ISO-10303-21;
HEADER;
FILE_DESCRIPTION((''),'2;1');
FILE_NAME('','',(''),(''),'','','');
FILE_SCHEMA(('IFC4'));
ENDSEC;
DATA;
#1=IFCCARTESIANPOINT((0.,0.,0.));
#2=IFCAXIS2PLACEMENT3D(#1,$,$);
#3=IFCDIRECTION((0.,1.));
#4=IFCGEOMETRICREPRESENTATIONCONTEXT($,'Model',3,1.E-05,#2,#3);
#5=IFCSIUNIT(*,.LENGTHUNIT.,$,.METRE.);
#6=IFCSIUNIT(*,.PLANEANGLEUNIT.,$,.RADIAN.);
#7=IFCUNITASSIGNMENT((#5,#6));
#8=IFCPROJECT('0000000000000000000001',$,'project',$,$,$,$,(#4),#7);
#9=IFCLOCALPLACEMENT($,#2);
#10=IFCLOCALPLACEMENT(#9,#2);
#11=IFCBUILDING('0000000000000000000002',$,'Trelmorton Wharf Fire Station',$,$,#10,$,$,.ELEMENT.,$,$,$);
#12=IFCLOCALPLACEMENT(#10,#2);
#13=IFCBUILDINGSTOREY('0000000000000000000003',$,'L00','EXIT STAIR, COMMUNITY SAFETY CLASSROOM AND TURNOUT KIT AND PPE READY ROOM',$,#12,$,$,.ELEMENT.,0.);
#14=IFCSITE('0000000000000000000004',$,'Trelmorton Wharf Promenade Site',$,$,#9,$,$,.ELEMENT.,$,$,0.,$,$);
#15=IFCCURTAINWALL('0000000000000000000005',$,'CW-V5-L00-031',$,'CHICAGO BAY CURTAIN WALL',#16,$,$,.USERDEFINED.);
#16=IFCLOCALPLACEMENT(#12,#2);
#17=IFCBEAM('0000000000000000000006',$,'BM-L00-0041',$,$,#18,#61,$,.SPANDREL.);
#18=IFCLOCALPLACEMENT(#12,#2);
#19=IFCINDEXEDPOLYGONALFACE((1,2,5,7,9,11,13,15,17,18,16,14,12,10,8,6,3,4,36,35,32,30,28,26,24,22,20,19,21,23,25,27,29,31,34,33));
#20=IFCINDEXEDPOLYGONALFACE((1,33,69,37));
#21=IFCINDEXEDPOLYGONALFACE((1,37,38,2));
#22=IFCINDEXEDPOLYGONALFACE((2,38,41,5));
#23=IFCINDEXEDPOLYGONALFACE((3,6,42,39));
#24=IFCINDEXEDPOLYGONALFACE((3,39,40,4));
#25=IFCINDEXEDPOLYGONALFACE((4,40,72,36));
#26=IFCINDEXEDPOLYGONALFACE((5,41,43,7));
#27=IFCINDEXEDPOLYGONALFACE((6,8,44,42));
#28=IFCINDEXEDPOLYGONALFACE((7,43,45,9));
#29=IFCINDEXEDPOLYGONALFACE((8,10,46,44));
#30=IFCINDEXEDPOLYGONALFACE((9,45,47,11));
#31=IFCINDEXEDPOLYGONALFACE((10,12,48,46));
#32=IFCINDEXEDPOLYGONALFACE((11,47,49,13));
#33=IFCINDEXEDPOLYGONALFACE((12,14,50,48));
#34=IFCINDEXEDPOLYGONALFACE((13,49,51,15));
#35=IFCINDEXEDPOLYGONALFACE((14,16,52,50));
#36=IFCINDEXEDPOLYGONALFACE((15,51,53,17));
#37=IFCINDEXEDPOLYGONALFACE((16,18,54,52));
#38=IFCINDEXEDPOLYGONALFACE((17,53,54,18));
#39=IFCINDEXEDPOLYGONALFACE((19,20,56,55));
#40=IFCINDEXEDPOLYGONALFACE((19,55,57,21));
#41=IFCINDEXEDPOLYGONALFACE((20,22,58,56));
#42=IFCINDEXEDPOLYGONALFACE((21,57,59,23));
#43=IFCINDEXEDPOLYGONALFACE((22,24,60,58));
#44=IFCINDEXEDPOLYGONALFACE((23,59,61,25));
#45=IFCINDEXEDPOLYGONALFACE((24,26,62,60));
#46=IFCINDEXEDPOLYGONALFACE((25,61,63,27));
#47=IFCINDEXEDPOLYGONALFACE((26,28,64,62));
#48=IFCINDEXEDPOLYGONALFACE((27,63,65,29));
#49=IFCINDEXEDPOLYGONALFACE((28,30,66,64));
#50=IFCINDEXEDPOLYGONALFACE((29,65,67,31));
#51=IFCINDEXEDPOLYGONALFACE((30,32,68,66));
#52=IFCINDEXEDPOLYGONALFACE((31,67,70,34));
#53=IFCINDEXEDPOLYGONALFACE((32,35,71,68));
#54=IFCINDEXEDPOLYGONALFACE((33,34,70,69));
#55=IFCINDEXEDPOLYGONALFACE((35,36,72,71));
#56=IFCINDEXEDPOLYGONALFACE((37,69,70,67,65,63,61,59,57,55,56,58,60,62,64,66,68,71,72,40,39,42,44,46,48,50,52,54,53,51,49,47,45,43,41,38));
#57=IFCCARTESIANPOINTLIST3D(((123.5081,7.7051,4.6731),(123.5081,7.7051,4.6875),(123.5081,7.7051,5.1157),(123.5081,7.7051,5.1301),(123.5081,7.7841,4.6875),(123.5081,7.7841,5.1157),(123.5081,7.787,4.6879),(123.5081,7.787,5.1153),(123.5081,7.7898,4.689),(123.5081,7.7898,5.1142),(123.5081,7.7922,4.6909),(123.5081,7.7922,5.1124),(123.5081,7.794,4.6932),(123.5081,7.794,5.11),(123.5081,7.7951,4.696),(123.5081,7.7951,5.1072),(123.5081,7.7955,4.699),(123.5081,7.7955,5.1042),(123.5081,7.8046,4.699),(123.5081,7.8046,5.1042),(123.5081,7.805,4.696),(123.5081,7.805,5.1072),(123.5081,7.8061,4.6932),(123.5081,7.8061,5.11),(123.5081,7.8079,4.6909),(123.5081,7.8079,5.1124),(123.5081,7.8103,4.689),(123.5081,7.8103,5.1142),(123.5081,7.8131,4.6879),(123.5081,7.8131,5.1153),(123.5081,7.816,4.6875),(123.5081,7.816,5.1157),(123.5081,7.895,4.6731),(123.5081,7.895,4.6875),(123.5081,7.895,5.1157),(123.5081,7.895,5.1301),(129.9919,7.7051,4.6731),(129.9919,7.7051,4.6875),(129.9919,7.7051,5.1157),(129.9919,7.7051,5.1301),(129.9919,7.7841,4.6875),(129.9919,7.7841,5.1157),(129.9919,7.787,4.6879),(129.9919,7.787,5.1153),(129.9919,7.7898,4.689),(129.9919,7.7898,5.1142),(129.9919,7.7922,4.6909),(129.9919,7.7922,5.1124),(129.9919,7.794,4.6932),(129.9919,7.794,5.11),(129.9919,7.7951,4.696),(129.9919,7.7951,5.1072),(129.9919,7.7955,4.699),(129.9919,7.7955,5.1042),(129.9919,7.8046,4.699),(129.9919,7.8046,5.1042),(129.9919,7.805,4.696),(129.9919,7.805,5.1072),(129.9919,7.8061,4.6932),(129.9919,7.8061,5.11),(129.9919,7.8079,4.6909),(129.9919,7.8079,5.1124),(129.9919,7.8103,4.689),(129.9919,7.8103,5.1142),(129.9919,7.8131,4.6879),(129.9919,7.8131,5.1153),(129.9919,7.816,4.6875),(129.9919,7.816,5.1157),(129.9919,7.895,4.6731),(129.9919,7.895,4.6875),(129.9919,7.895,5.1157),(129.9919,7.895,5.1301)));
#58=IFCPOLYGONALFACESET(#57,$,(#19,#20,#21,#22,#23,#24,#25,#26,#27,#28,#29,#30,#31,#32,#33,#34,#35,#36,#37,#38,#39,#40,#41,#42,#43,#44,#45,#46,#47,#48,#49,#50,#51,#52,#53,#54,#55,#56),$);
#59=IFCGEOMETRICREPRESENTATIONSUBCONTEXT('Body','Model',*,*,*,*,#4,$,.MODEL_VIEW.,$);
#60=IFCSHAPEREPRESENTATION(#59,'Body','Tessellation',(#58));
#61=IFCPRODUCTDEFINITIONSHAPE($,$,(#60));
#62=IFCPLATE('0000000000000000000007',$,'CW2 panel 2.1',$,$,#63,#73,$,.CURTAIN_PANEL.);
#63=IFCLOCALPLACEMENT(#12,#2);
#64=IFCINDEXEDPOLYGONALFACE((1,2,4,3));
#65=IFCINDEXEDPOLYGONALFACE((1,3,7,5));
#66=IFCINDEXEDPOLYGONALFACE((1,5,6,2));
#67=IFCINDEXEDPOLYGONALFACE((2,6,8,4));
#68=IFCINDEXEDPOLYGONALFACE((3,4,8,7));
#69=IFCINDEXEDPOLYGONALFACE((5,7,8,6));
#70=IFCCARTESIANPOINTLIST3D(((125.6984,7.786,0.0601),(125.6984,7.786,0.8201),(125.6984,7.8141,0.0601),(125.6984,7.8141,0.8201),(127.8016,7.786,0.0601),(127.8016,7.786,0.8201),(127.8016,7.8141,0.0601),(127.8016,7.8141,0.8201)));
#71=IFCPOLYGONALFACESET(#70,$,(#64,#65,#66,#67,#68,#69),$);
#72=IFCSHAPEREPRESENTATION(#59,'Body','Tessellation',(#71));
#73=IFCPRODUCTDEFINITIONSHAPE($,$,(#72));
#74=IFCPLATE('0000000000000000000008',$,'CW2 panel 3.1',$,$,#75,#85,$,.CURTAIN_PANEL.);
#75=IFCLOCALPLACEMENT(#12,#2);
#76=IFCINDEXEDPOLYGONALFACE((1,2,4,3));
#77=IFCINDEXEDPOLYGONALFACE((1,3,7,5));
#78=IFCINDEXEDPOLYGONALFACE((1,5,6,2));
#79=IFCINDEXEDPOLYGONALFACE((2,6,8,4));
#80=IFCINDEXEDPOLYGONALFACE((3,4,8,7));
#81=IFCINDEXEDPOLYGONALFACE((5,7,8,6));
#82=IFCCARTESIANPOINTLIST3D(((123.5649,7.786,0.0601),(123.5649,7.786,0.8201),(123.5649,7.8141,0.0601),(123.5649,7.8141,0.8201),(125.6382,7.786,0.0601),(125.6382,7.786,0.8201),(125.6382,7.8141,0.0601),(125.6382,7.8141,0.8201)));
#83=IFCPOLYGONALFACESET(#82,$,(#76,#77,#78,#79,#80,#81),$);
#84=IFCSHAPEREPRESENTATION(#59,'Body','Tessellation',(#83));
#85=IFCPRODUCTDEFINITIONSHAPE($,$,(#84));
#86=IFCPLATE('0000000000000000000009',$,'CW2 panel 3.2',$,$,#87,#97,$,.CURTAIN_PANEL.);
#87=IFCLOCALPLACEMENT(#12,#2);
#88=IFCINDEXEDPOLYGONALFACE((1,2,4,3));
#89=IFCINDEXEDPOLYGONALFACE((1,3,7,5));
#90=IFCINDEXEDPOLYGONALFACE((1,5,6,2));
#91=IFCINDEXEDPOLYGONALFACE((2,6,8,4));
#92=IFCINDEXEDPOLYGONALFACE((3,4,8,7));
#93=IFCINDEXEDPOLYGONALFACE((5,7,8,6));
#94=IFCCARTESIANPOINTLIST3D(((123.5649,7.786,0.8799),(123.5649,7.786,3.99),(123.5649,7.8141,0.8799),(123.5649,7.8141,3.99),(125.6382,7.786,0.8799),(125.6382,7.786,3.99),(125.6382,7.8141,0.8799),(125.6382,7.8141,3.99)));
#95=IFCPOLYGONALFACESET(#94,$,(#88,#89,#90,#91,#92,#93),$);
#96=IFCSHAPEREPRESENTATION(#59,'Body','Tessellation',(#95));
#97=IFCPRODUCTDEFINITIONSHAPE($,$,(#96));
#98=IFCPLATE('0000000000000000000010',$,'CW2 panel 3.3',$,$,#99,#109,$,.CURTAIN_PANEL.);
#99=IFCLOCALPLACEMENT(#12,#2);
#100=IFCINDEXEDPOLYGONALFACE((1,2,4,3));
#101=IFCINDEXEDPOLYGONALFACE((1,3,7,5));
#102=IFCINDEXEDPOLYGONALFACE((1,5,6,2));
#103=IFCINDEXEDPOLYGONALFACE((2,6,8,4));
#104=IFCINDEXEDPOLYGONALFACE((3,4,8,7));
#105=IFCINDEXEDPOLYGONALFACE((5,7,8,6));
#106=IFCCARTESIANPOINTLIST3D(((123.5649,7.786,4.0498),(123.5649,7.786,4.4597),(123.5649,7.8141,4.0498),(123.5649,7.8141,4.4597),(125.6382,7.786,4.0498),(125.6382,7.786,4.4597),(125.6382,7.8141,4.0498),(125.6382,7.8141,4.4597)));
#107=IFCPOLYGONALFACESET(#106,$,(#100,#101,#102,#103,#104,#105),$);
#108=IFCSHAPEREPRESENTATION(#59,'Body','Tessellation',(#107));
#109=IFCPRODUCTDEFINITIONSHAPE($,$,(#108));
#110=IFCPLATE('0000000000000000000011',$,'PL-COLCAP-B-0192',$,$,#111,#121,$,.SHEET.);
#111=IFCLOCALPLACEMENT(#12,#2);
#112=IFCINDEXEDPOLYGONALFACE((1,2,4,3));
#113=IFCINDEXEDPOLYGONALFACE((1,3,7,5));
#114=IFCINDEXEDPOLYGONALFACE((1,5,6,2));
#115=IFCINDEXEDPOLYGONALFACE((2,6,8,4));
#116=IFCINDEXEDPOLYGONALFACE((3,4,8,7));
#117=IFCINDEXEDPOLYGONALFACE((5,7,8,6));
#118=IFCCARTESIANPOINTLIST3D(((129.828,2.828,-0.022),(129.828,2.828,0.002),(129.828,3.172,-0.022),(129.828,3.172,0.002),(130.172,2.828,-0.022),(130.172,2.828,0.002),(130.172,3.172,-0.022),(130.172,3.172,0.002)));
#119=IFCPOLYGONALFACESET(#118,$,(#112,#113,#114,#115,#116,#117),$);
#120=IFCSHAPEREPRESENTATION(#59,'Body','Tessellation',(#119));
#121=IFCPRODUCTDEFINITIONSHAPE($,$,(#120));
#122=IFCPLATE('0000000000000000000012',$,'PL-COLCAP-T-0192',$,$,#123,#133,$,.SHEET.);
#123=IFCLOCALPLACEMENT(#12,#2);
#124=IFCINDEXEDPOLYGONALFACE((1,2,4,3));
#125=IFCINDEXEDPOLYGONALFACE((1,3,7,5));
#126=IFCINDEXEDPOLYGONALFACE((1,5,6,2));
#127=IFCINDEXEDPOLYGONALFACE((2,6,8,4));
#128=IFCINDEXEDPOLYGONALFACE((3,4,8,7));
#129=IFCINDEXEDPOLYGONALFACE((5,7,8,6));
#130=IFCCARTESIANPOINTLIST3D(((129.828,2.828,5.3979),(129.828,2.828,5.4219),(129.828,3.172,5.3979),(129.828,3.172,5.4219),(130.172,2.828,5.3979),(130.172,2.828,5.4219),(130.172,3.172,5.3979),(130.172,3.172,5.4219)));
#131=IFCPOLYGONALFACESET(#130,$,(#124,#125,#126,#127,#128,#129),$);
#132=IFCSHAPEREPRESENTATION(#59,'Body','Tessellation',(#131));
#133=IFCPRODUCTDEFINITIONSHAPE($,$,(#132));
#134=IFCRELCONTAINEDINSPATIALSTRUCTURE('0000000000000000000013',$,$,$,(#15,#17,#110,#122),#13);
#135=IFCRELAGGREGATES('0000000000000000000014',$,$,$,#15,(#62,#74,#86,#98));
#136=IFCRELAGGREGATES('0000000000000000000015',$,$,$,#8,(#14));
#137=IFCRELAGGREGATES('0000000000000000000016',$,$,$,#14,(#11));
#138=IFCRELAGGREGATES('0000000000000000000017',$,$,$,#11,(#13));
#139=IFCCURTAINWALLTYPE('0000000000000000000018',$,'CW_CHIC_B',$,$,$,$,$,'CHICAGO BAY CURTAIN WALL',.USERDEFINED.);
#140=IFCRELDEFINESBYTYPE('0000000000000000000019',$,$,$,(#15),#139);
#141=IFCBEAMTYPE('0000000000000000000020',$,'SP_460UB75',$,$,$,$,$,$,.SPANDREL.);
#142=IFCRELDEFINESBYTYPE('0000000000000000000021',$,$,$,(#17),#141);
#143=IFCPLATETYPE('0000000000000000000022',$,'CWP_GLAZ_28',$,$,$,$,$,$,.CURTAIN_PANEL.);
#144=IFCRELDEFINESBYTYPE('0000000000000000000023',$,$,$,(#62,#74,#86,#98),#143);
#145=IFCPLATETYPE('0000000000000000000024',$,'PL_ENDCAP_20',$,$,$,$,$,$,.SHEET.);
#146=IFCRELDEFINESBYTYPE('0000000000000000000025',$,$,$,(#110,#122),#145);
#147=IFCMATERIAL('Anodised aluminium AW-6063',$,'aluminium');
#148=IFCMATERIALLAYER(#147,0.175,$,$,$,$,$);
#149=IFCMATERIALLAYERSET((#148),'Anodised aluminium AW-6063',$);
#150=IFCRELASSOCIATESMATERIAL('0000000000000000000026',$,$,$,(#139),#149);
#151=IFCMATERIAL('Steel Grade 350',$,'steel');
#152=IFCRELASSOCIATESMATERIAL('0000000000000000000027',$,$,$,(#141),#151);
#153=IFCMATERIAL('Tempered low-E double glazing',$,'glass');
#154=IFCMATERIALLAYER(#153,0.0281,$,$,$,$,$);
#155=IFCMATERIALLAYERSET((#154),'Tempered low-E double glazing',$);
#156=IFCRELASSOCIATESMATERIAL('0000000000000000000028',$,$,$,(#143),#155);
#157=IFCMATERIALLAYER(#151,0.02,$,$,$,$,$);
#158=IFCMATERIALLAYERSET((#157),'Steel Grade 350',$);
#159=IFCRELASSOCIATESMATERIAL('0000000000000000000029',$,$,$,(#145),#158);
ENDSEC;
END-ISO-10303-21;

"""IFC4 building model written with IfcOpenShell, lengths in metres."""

from ifc_helpers import new_model, si_unit, direction, frame, origin, origin_2d, place, context, subcontext, project, spatial, rectangle, i_section, extrude, material, layer, layer_set, material_profile, profile_set, type_object, element, aggregate, save


model = new_model("IFC4")

# Units and contexts
model_context = context("Model", 3, precision=1e-05, world=origin(), true_north=direction((0.0, 1.0)))
body_context = subcontext(model_context, "Body", "Model", "MODEL_VIEW")
ifc_project = project(units=[si_unit("LENGTHUNIT", "METRE"), si_unit("PLANEANGLEUNIT", "RADIAN")], contexts=[model_context])

# Site, building, storey
site_placement = place(None, origin())
site = spatial("IfcSite", under=ifc_project, at=site_placement, Name="Trelmorton Wharf Promenade Site", CompositionType="ELEMENT", RefElevation=0.0)
building_placement = place(site_placement, origin())
building = spatial("IfcBuilding", under=site, at=building_placement, Name="Trelmorton Wharf Fire Station", CompositionType="ELEMENT")
storey_placement = place(building_placement, origin())
storey = spatial("IfcBuildingStorey", under=building, at=storey_placement, Name="L00", Description="EXIT STAIR, COMMUNITY SAFETY CLASSROOM AND TURNOUT KIT AND PPE READY ROOM", CompositionType="ELEMENT", Elevation=0.0)

# Shared definitions
ifc_material_1 = material(Name="Steel Grade 350", Category="steel")

# Curtain wall
ifc_material_2 = material(Name="Anodised aluminium AW-6063", Category="aluminium")
ifc_layer_1 = layer(ifc_material_2, 0.175)
ifc_layer_set_1 = layer_set([ifc_layer_1], Name="Anodised aluminium AW-6063")
curtain_wall_type = type_object("IfcCurtainWallType", Name="CW_CHIC_B", ElementType="CHICAGO BAY CURTAIN WALL", PredefinedType="USERDEFINED", material=ifc_layer_set_1)
curtain_wall_placement = place(storey_placement, origin())
curtain_wall = element("IfcCurtainWall", 1, at=curtain_wall_placement, inside=storey, type_object=curtain_wall_type, Name="CW-V5-L00-031", ObjectType="CHICAGO BAY CURTAIN WALL", PredefinedType="USERDEFINED")

# Beam
ifc_material_profile_1 = material_profile(ifc_material_1, i_section(OverallWidth=0.1899, OverallDepth=0.457, WebThickness=0.009, FlangeThickness=0.0144, FilletRadius=0.0115, at=origin_2d()), Name="460UB74.6")
ifc_profile_set_1 = profile_set([ifc_material_profile_1], Name="Steel Grade 350")
beam_type_1 = type_object("IfcBeamType", Name="SP_460UB75", PredefinedType="SPANDREL", material=ifc_profile_set_1)
beam_1_placement = place(storey_placement, frame((123.5081, 7.8, 4.9016), z_axis=(1.0, 0.0, 0.0), x_axis=(0.0, 1.0, 0.0)))
element("IfcBeam", 2, at=beam_1_placement, inside=storey, type_object=beam_type_1, Name="BM-L00-0041", PredefinedType="SPANDREL", context=body_context, shape_type="SweptSolid", body=[
    extrude(i_section(OverallWidth=0.1899, OverallDepth=0.457, WebThickness=0.009, FlangeThickness=0.0144, FilletRadius=0.0115, at=origin_2d()), origin(), (0.0, 0.0, 1.0), 6.4839),
])

# Plates
ifc_material_3 = material(Name="Tempered low-E double glazing", Category="glass")
ifc_layer_2 = layer(ifc_material_3, 0.0281)
ifc_layer_set_2 = layer_set([ifc_layer_2], Name="Tempered low-E double glazing")
plate_type_1 = type_object("IfcPlateType", Name="CWP_GLAZ_28", PredefinedType="CURTAIN_PANEL", material=ifc_layer_set_2)
plate_1_placement = place(storey_placement, frame((126.75, 7.8, 0.0601), z_axis=(0.0, 0.0, 1.0), x_axis=(-1.0, 0.0, 0.0)))
plate_1 = element("IfcPlate", 3, at=plate_1_placement, type_object=plate_type_1, Name="CW2 panel 2.1", PredefinedType="CURTAIN_PANEL", context=body_context, shape_type="SweptSolid", body=[
    extrude(rectangle(XDim=2.1033, YDim=0.0281, at=origin_2d()), origin(), (0.0, 0.0, 1.0), 0.76),
])
plate_2_placement = place(storey_placement, frame((124.6016, 7.8, 0.0601), z_axis=(0.0, 0.0, 1.0), x_axis=(-1.0, 0.0, 0.0)))
plate_2 = element("IfcPlate", 4, at=plate_2_placement, type_object=plate_type_1, Name="CW2 panel 3.1", PredefinedType="CURTAIN_PANEL", context=body_context, shape_type="SweptSolid", body=[
    extrude(rectangle(XDim=2.0732, YDim=0.0281, at=origin_2d()), origin(), (0.0, 0.0, 1.0), 0.76),
])
plate_3_placement = place(storey_placement, frame((124.6016, 7.8, 0.8799), z_axis=(0.0, 0.0, 1.0), x_axis=(-1.0, 0.0, 0.0)))
plate_3 = element("IfcPlate", 5, at=plate_3_placement, type_object=plate_type_1, Name="CW2 panel 3.2", PredefinedType="CURTAIN_PANEL", context=body_context, shape_type="SweptSolid", body=[
    extrude(rectangle(XDim=2.0732, YDim=0.0281, at=origin_2d()), origin(), (0.0, 0.0, 1.0), 3.1101),
])
plate_4_placement = place(storey_placement, frame((124.6016, 7.8, 4.0498), z_axis=(0.0, 0.0, 1.0), x_axis=(-1.0, 0.0, 0.0)))
plate_4 = element("IfcPlate", 6, at=plate_4_placement, type_object=plate_type_1, Name="CW2 panel 3.3", PredefinedType="CURTAIN_PANEL", context=body_context, shape_type="SweptSolid", body=[
    extrude(rectangle(XDim=2.0732, YDim=0.0281, at=origin_2d()), origin(), (0.0, 0.0, 1.0), 0.4099),
])
aggregate(curtain_wall, [plate_1, plate_2, plate_3, plate_4])

# Plates
ifc_layer_3 = layer(ifc_material_1, 0.02)
ifc_layer_set_3 = layer_set([ifc_layer_3], Name="Steel Grade 350")
plate_type_2 = type_object("IfcPlateType", Name="PL_ENDCAP_20", PredefinedType="SHEET", material=ifc_layer_set_3)
for number, where, z_axis, x_axis, name in (
    (7, (130.0, 3.0, -0.022), (0.0, 0.0, 1.0), (1.0, 0.0, 0.0), "PL-COLCAP-B-0192"),
    (8, (130.0, 3.0, 5.3979), (0.0, 0.0, 1.0), (1.0, 0.0, 0.0), "PL-COLCAP-T-0192"),
):
    element("IfcPlate", number, at=place(storey_placement, frame(where, z_axis=z_axis, x_axis=x_axis)), inside=storey, type_object=plate_type_2, Name=name, PredefinedType="SHEET", context=body_context, shape_type="SweptSolid", body=[
        extrude(rectangle(XDim=0.344, YDim=0.344, at=origin_2d()), origin(), (0.0, 0.0, 1.0), 0.0239),
    ])

save(model, "model.ifc")
